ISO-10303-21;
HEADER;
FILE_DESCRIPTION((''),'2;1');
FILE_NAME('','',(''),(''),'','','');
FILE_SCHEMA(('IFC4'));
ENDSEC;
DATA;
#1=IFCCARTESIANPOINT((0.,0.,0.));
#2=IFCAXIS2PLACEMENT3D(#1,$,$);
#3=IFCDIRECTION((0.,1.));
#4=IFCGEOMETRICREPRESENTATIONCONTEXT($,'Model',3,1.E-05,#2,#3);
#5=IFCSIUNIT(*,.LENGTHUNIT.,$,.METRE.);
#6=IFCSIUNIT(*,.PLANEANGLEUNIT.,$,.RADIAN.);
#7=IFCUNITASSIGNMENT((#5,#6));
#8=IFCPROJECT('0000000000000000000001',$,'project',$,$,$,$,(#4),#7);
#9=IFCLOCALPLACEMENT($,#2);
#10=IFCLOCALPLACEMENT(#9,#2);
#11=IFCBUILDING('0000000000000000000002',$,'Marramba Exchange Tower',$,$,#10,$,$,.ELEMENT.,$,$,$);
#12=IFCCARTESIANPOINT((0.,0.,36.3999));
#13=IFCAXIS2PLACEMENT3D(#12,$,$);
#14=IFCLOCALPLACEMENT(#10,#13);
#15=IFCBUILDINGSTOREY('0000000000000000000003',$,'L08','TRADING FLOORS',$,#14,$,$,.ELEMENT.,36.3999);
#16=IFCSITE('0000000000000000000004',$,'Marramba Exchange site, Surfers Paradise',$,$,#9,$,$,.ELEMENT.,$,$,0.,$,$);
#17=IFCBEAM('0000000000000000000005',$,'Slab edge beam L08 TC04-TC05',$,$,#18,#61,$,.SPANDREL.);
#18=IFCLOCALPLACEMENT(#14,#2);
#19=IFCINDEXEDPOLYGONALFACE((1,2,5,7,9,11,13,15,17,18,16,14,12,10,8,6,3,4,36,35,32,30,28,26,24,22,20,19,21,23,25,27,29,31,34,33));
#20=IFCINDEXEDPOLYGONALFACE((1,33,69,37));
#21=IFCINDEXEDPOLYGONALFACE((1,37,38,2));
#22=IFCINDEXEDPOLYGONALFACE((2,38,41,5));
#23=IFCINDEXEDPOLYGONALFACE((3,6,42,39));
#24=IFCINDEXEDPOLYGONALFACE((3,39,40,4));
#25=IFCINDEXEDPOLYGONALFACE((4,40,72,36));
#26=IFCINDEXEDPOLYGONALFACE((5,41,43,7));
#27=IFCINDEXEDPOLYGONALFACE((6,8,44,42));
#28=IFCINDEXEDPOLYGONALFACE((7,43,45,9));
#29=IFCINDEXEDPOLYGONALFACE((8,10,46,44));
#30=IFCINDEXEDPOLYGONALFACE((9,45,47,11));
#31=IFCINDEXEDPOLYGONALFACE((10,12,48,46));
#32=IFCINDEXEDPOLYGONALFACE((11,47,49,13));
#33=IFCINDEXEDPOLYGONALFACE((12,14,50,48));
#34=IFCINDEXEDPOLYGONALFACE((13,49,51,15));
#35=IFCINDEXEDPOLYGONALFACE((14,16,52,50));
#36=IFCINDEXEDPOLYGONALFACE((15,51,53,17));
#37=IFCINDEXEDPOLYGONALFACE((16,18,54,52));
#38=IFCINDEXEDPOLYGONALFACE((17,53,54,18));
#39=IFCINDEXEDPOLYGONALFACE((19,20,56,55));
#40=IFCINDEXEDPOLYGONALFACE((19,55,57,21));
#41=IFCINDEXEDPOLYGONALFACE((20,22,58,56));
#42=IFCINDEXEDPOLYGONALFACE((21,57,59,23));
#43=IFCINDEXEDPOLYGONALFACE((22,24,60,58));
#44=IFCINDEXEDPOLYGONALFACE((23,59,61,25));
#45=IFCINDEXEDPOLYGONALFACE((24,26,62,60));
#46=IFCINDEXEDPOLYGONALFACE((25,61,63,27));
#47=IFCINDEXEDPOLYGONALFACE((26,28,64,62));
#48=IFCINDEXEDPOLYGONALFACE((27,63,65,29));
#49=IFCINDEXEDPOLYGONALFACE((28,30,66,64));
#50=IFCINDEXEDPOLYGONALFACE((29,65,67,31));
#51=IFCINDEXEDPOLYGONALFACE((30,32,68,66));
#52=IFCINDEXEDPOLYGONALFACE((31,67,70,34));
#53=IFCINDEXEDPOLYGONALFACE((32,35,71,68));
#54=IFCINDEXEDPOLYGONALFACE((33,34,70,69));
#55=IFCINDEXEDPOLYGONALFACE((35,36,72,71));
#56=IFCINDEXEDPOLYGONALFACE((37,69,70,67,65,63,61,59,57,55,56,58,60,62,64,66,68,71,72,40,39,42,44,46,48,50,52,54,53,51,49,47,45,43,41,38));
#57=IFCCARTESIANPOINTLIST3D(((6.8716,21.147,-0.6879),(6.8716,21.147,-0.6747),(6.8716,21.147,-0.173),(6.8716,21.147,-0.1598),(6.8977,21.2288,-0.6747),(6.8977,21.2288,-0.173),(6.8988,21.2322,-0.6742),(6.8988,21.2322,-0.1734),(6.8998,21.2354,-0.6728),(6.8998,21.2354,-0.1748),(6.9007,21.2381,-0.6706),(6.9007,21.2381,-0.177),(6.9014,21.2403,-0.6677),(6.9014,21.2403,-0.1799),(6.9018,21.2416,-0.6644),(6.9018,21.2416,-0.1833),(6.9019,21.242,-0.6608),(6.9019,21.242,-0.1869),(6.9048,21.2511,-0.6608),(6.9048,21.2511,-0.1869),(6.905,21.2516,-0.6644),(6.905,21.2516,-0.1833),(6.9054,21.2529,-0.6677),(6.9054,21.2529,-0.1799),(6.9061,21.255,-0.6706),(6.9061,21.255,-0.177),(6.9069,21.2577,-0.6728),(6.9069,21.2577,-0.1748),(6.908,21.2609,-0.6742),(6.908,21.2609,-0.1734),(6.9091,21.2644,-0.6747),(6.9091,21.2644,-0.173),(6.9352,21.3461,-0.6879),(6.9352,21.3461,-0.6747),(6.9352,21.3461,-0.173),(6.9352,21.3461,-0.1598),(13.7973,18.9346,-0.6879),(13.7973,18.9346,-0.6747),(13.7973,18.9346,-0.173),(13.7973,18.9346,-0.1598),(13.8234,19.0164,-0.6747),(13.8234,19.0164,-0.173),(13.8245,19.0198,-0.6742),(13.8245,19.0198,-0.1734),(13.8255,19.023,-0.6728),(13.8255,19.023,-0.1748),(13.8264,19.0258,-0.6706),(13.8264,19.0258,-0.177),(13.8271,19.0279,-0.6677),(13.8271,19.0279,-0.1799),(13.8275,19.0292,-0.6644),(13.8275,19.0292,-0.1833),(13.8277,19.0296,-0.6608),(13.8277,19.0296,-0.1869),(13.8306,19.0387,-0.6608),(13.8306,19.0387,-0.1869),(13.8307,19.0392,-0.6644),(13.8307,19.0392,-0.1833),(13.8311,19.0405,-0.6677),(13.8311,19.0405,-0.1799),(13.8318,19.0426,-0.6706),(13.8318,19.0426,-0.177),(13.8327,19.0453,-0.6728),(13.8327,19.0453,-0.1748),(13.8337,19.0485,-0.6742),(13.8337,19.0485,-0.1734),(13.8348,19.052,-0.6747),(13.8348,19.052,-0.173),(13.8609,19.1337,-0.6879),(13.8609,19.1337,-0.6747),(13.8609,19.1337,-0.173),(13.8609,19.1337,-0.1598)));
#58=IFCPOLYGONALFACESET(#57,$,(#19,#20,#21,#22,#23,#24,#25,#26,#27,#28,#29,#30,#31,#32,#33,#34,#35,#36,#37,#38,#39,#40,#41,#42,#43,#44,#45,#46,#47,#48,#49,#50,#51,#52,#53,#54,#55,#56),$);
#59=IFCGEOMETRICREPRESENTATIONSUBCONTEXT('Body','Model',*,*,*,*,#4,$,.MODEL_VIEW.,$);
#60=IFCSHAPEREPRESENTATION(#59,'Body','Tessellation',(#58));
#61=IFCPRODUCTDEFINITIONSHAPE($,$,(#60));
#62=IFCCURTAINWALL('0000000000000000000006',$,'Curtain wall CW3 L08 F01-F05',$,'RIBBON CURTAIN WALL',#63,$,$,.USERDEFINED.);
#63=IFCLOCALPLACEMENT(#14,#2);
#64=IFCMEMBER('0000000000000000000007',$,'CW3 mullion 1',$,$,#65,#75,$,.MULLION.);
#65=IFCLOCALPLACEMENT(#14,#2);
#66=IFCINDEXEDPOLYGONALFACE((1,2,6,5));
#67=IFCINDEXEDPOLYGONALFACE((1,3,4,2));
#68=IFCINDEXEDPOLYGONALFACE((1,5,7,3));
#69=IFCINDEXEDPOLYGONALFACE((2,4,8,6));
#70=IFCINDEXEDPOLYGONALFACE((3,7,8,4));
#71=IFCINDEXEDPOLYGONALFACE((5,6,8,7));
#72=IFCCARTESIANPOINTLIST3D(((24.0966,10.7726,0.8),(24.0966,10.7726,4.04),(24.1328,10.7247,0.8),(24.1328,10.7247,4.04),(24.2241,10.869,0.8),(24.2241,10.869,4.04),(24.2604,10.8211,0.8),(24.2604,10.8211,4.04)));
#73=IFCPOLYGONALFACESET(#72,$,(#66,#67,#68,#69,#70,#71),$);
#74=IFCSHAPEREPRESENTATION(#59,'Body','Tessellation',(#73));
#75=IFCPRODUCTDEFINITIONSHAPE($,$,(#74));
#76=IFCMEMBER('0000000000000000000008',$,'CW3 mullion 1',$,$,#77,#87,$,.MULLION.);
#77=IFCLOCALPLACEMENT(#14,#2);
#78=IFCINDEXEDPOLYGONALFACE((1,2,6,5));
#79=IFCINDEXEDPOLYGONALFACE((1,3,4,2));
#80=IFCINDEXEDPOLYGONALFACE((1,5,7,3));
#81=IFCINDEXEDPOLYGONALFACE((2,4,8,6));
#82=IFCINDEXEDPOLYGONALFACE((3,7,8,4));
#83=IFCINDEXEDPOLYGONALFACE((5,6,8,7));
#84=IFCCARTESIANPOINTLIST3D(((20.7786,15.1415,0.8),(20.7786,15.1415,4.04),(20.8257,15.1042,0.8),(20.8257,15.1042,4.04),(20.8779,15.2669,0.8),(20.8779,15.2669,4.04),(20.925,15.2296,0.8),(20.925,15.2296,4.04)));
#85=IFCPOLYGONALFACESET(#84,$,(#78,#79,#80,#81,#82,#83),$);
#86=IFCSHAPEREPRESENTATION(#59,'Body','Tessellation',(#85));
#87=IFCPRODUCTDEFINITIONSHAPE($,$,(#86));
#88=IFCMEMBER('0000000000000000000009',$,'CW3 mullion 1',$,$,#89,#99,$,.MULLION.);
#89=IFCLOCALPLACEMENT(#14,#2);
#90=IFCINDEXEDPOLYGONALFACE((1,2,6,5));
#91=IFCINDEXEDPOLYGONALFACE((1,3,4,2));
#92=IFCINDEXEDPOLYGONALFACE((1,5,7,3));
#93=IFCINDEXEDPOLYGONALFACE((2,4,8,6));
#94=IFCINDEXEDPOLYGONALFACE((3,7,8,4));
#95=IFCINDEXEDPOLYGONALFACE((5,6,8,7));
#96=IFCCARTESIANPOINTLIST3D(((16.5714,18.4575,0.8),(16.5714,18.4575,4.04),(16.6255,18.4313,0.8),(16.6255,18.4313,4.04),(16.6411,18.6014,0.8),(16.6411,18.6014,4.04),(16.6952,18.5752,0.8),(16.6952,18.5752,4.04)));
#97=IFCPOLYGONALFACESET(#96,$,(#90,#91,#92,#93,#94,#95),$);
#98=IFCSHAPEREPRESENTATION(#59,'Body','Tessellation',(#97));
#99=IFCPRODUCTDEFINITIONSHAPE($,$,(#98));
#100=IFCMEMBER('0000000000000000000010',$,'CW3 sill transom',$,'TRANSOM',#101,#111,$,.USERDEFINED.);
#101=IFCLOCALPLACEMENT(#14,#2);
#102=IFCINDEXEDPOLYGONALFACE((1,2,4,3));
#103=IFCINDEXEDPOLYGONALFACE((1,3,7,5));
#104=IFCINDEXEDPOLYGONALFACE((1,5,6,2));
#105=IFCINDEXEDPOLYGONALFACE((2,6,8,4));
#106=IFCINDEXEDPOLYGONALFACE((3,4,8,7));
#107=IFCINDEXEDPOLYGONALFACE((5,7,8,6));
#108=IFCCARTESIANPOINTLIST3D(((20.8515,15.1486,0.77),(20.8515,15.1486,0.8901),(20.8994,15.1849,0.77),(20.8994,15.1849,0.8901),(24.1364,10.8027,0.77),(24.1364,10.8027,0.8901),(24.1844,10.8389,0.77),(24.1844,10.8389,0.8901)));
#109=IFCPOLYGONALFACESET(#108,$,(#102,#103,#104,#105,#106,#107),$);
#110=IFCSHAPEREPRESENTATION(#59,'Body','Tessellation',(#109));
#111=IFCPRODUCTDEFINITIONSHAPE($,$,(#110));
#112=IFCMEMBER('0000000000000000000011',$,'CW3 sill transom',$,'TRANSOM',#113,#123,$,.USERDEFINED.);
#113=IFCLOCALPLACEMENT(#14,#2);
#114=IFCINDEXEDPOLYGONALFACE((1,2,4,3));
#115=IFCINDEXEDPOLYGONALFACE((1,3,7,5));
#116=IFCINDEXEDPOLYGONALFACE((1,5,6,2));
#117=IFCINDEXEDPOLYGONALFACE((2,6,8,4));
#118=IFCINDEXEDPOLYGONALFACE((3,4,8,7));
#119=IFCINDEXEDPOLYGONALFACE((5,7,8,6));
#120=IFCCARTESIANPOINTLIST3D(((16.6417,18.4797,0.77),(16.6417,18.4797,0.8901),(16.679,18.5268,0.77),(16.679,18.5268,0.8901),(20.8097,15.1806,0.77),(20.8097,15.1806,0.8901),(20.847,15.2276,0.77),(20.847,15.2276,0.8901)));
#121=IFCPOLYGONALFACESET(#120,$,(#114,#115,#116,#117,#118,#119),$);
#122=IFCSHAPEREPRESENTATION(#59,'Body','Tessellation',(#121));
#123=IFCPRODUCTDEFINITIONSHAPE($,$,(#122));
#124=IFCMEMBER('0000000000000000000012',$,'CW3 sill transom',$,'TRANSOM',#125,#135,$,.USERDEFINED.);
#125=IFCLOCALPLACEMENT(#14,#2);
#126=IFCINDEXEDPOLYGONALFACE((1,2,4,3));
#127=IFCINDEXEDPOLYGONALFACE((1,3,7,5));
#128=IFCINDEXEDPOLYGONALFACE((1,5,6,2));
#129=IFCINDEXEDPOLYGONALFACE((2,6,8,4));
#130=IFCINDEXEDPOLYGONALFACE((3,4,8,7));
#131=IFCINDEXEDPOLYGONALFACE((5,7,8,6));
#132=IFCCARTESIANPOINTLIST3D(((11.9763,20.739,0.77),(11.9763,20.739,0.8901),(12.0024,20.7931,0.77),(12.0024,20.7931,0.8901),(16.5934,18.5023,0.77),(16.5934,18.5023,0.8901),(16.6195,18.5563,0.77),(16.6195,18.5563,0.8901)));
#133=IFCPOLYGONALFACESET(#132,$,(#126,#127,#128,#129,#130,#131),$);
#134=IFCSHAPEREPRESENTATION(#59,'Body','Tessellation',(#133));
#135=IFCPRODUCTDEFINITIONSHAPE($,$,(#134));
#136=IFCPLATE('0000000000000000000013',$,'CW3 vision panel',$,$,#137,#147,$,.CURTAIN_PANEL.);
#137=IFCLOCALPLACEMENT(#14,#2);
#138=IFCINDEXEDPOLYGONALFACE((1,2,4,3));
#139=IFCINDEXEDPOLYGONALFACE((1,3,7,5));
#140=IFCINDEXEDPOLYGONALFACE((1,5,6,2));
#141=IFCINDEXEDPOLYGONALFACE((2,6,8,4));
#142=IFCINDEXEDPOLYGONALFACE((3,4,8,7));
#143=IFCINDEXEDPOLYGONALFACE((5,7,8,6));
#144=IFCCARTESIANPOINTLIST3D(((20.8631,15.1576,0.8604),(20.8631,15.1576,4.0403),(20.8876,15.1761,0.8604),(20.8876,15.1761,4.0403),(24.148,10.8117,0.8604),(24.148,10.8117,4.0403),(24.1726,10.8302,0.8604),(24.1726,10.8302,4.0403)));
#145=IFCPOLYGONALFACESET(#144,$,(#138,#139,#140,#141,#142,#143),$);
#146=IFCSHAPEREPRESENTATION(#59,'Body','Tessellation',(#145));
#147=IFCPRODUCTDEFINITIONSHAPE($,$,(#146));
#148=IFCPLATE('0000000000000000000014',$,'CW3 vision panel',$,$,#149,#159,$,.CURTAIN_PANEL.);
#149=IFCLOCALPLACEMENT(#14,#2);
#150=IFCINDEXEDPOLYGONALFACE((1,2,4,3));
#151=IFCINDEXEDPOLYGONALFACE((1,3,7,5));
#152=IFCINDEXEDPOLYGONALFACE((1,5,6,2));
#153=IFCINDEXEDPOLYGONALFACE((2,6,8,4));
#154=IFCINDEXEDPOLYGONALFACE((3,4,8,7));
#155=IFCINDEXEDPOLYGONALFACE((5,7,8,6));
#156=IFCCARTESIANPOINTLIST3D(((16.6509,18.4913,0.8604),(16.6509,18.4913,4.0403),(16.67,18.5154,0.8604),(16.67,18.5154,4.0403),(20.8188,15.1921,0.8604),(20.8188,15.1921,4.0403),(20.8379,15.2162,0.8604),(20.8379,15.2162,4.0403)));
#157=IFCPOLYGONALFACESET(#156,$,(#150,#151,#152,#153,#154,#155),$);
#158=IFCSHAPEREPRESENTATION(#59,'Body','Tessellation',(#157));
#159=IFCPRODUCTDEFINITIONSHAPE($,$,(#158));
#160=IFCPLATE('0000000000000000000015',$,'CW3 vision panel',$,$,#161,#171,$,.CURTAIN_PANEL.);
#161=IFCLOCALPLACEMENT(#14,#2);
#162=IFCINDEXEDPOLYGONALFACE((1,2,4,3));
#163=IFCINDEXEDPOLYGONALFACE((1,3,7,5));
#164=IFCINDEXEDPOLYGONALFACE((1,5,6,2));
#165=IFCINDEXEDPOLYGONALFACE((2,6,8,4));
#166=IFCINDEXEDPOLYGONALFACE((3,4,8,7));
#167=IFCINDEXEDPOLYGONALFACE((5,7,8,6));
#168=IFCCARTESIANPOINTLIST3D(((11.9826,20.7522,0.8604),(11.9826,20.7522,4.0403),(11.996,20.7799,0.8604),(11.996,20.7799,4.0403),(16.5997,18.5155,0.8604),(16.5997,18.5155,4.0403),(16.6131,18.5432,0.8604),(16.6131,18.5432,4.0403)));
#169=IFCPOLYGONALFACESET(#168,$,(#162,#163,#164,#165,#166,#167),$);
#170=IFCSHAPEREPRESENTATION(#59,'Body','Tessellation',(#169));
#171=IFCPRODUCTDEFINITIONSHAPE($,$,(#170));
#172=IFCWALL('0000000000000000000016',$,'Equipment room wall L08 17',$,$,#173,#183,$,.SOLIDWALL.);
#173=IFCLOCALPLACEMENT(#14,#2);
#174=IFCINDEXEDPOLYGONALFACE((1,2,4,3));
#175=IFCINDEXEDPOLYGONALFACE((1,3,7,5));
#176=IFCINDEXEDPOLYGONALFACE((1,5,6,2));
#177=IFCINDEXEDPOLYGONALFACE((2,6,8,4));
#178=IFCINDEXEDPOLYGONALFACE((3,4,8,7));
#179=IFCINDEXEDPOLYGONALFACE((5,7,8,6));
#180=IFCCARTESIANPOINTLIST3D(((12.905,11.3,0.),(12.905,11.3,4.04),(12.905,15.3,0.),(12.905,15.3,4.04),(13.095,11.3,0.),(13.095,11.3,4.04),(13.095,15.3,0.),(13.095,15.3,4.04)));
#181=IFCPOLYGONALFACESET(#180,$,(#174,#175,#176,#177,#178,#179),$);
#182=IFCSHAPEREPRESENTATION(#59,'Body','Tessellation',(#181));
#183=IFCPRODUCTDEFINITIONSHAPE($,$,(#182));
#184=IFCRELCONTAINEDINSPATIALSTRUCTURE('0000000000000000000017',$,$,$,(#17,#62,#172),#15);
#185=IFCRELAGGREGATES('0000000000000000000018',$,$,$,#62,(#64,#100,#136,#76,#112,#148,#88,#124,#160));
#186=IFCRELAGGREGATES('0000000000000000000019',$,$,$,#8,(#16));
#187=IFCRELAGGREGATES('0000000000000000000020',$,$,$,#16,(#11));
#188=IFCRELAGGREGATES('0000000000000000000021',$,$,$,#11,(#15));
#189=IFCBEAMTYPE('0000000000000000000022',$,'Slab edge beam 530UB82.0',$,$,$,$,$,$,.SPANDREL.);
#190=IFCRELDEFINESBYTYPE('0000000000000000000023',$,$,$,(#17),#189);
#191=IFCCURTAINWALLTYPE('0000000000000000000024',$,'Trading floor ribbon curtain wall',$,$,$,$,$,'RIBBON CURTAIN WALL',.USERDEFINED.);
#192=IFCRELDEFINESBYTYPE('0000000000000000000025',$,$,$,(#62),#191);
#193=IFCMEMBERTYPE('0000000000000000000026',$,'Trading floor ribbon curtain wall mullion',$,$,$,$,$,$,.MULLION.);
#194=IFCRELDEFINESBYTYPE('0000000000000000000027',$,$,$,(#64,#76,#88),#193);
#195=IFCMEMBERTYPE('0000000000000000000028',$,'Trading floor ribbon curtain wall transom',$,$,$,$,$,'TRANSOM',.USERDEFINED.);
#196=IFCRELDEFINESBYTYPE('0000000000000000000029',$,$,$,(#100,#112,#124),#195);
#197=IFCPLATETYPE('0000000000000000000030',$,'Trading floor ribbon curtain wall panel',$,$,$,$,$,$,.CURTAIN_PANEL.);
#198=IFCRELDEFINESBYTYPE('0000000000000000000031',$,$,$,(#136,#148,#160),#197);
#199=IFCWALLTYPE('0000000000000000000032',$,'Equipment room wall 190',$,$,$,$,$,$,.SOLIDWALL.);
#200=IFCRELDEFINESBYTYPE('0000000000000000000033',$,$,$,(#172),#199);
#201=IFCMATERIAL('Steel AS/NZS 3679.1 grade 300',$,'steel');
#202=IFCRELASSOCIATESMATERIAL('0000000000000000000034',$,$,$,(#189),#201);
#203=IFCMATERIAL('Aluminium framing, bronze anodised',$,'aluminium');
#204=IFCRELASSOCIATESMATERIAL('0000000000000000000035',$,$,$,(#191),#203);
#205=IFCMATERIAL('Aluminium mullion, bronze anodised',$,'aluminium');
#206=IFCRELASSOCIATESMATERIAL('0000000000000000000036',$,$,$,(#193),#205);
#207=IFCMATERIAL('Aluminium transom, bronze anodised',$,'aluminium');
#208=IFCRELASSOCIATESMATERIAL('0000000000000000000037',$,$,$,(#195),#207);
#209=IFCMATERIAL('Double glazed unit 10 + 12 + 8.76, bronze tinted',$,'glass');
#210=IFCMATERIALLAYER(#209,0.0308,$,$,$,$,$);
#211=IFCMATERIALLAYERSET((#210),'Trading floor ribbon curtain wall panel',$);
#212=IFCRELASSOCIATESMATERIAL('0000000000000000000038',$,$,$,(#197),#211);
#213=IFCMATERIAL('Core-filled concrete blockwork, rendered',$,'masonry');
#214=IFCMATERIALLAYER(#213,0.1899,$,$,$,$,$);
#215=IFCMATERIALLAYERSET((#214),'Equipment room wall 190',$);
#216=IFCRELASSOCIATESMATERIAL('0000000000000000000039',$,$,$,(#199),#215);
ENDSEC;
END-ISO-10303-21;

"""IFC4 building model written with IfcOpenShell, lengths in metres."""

from ifc_helpers import new_model, si_unit, direction, frame, frame_2d, origin, origin_2d, place, context, subcontext, project, spatial, rectangle, i_section, extrude, material, layer, layer_set, material_profile, profile_set, type_object, element, aggregate, save


model = new_model("IFC4")

# Units and contexts
model_context = context("Model", 3, precision=1e-05, world=origin(), true_north=direction((0.0, 1.0)))
body_context = subcontext(model_context, "Body", "Model", "MODEL_VIEW")
ifc_project = project(units=[si_unit("LENGTHUNIT", "METRE"), si_unit("PLANEANGLEUNIT", "RADIAN")], contexts=[model_context])

# Site, building, storey
site_placement = place(None, origin())
site = spatial("IfcSite", under=ifc_project, at=site_placement, Name="Marramba Exchange site, Surfers Paradise", CompositionType="ELEMENT", RefElevation=0.0)
building_placement = place(site_placement, origin())
building = spatial("IfcBuilding", under=site, at=building_placement, Name="Marramba Exchange Tower", CompositionType="ELEMENT")
storey_placement = place(building_placement, frame((0.0, 0.0, 36.3999)))
storey = spatial("IfcBuildingStorey", under=building, at=storey_placement, Name="L08", Description="TRADING FLOORS", CompositionType="ELEMENT", Elevation=36.3999)

# Beam
ifc_material_1 = material(Name="Steel AS/NZS 3679.1 grade 300", Category="steel")
ifc_material_profile_1 = material_profile(ifc_material_1, i_section(OverallWidth=0.209, OverallDepth=0.5281, WebThickness=0.0095, FlangeThickness=0.0132, FilletRadius=0.0139, at=origin_2d()), Name="530UB82.0")
ifc_profile_set_1 = profile_set([ifc_material_profile_1], Name="Steel AS/NZS 3679.1 grade 300")
beam_type_1 = type_object("IfcBeamType", Name="Slab edge beam 530UB82.0", PredefinedType="SPANDREL", material=ifc_profile_set_1)
beam_1_placement = place(storey_placement, frame((13.8291, 19.0342, -0.4238), z_axis=(-0.952578, 0.304296, 0.0), x_axis=(-0.304296, -0.952578, 0.0)))
element("IfcBeam", 1, at=beam_1_placement, inside=storey, type_object=beam_type_1, Name="Slab edge beam L08 TC04-TC05", PredefinedType="SPANDREL", context=body_context, shape_type="SweptSolid", body=[
    extrude(i_section(OverallWidth=0.209, OverallDepth=0.5281, WebThickness=0.0095, FlangeThickness=0.0132, FilletRadius=0.0139, at=origin_2d()), origin(), (0.0, 0.0, 1.0), 7.2705),
])

# Curtain wall, members, plates
ifc_material_2 = material(Name="Aluminium framing, bronze anodised", Category="aluminium")
curtain_wall_type = type_object("IfcCurtainWallType", Name="Trading floor ribbon curtain wall", ElementType="RIBBON CURTAIN WALL", PredefinedType="USERDEFINED", material=ifc_material_2)
curtain_wall_placement = place(storey_placement, origin())
curtain_wall = element("IfcCurtainWall", 2, at=curtain_wall_placement, inside=storey, type_object=curtain_wall_type, Name="Curtain wall CW3 L08 F01-F05", ObjectType="RIBBON CURTAIN WALL", PredefinedType="USERDEFINED")
ifc_material_3 = material(Name="Aluminium mullion, bronze anodised", Category="aluminium")
ifc_material_profile_2 = material_profile(ifc_material_3, rectangle(XDim=0.1599, YDim=0.0601, at=origin_2d()), Name="CW3 mullion 60x160")
ifc_profile_set_2 = profile_set([ifc_material_profile_2], Name="Aluminium mullion, bronze anodised")
member_type_1 = type_object("IfcMemberType", Name="Trading floor ribbon curtain wall mullion", PredefinedType="MULLION", material=ifc_profile_set_2)
member_1_placement = place(storey_placement, frame((24.1785, 10.7969, 0.8), z_axis=(0.0, 0.0, 1.0), x_axis=(-0.797749, -0.60299, 0.0)))
member_1 = element("IfcMember", 3, at=member_1_placement, type_object=member_type_1, Name="CW3 mullion 1", PredefinedType="MULLION", context=body_context, shape_type="SweptSolid", body=[
    extrude(rectangle(XDim=0.1599, YDim=0.0601, at=origin_2d()), origin(), (0.0, 0.0, 1.0), 3.24),
])
member_2_placement = place(storey_placement, frame((20.8518, 15.1855, 0.8), z_axis=(0.0, 0.0, 1.0), x_axis=(-0.62065, -0.784088, 0.0)))
member_2 = element("IfcMember", 4, at=member_2_placement, type_object=member_type_1, Name="CW3 mullion 1", PredefinedType="MULLION", context=body_context, shape_type="SweptSolid", body=[
    extrude(rectangle(XDim=0.1599, YDim=0.0601, at=origin_2d()), origin(), (0.0, 0.0, 1.0), 3.24),
])
member_3_placement = place(storey_placement, frame((16.6333, 18.5164, 0.8), z_axis=(0.0, 0.0, 1.0), x_axis=(-0.435965, -0.899963, 0.0)))
member_3 = element("IfcMember", 5, at=member_3_placement, type_object=member_type_1, Name="CW3 mullion 1", PredefinedType="MULLION", context=body_context, shape_type="SweptSolid", body=[
    extrude(rectangle(XDim=0.1599, YDim=0.0601, at=origin_2d()), origin(), (0.0, 0.0, 1.0), 3.24),
])
ifc_material_4 = material(Name="Aluminium transom, bronze anodised", Category="aluminium")
ifc_material_profile_3 = material_profile(ifc_material_4, rectangle(XDim=0.0601, YDim=0.1201, at=origin_2d()), Name="CW3 transom 60x120")
ifc_profile_set_3 = profile_set([ifc_material_profile_3], Name="Aluminium transom, bronze anodised")
member_type_2 = type_object("IfcMemberType", Name="Trading floor ribbon curtain wall transom", ElementType="TRANSOM", PredefinedType="USERDEFINED", material=ifc_profile_set_3)
member_4_placement = place(storey_placement, frame((24.1604, 10.8208, 0.8301), z_axis=(-0.602986, 0.797752, 0.0), x_axis=(-0.797752, -0.602986, 0.0)))
member_4 = element("IfcMember", 6, at=member_4_placement, type_object=member_type_2, Name="CW3 sill transom", ObjectType="TRANSOM", PredefinedType="USERDEFINED", context=body_context, shape_type="SweptSolid", body=[
    extrude(rectangle(XDim=0.0601, YDim=0.1201, at=origin_2d()), origin(), (0.0, 0.0, 1.0), 5.4478),
])
member_5_placement = place(storey_placement, frame((20.8284, 15.2041, 0.8301), z_axis=(-0.784098, 0.620637, 0.0), x_axis=(-0.620637, -0.784098, 0.0)))
member_5 = element("IfcMember", 7, at=member_5_placement, type_object=member_type_2, Name="CW3 sill transom", ObjectType="TRANSOM", PredefinedType="USERDEFINED", context=body_context, shape_type="SweptSolid", body=[
    extrude(rectangle(XDim=0.0601, YDim=0.1201, at=origin_2d()), origin(), (0.0, 0.0, 1.0), 5.3157),
])
member_6_placement = place(storey_placement, frame((16.6064, 18.5293, 0.8301), z_axis=(-0.899953, 0.435986, 0.0), x_axis=(-0.435986, -0.899953, 0.0)))
member_6 = element("IfcMember", 8, at=member_6_placement, type_object=member_type_2, Name="CW3 sill transom", ObjectType="TRANSOM", PredefinedType="USERDEFINED", context=body_context, shape_type="SweptSolid", body=[
    extrude(rectangle(XDim=0.0601, YDim=0.1201, at=origin_2d()), origin(), (0.0, 0.0, 1.0), 5.1304),
])
ifc_material_5 = material(Name="Double glazed unit 10 + 12 + 8.76, bronze tinted", Category="glass")
ifc_layer_1 = layer(ifc_material_5, 0.0308)
ifc_layer_set_1 = layer_set([ifc_layer_1], Name="Trading floor ribbon curtain wall panel")
plate_type = type_object("IfcPlateType", Name="Trading floor ribbon curtain wall panel", PredefinedType="CURTAIN_PANEL", material=ifc_layer_set_1)
plate_1_placement = place(storey_placement, frame((22.5178, 12.9939, 0.8604), z_axis=(0.0, 0.0, 1.0), x_axis=(-0.60299, 0.797749, 0.0)))
plate_1 = element("IfcPlate", 9, at=plate_1_placement, type_object=plate_type, Name="CW3 vision panel", PredefinedType="CURTAIN_PANEL", context=body_context, shape_type="SweptSolid", body=[
    extrude(rectangle(XDim=5.4478, YDim=0.0308, at=origin_2d()), origin(), (0.0, 0.0, 1.0), 3.1799),
])
plate_2_placement = place(storey_placement, frame((18.7444, 16.8538, 0.8604), z_axis=(0.0, 0.0, 1.0), x_axis=(-0.784088, 0.62065, 0.0)))
plate_2 = element("IfcPlate", 10, at=plate_2_placement, type_object=plate_type, Name="CW3 vision panel", PredefinedType="CURTAIN_PANEL", context=body_context, shape_type="SweptSolid", body=[
    extrude(rectangle(XDim=5.3157, YDim=0.0308, at=origin_2d()), origin(), (0.0, 0.0, 1.0), 3.1799),
])
plate_3_placement = place(storey_placement, frame((14.2979, 19.6477, 0.8604), z_axis=(0.0, 0.0, 1.0), x_axis=(-0.899963, 0.435965, 0.0)))
plate_3 = element("IfcPlate", 11, at=plate_3_placement, type_object=plate_type, Name="CW3 vision panel", PredefinedType="CURTAIN_PANEL", context=body_context, shape_type="SweptSolid", body=[
    extrude(rectangle(XDim=5.1304, YDim=0.0308, at=origin_2d()), origin(), (0.0, 0.0, 1.0), 3.1799),
])
aggregate(curtain_wall, [member_1, member_4, plate_1, member_2, member_5, plate_2, member_3, member_6, plate_3])

# Wall
ifc_material_6 = material(Name="Core-filled concrete blockwork, rendered", Category="masonry")
ifc_layer_2 = layer(ifc_material_6, 0.1899)
ifc_layer_set_2 = layer_set([ifc_layer_2], Name="Equipment room wall 190")
wall_type_1 = type_object("IfcWallType", Name="Equipment room wall 190", PredefinedType="SOLIDWALL", material=ifc_layer_set_2)
wall_1_placement = place(storey_placement, frame((13.0, 11.3, 0.0), z_axis=(0.0, 0.0, 1.0), x_axis=(0.0, 1.0, 0.0)))
element("IfcWall", 12, at=wall_1_placement, inside=storey, type_object=wall_type_1, Name="Equipment room wall L08 17", PredefinedType="SOLIDWALL", context=body_context, shape_type="SweptSolid", body=[
    extrude(rectangle(XDim=4.0, YDim=0.1899, at=frame_2d((2.0, 0.0))), origin(), (0.0, 0.0, 1.0), 4.04),
])

save(model, "model.ifc")
